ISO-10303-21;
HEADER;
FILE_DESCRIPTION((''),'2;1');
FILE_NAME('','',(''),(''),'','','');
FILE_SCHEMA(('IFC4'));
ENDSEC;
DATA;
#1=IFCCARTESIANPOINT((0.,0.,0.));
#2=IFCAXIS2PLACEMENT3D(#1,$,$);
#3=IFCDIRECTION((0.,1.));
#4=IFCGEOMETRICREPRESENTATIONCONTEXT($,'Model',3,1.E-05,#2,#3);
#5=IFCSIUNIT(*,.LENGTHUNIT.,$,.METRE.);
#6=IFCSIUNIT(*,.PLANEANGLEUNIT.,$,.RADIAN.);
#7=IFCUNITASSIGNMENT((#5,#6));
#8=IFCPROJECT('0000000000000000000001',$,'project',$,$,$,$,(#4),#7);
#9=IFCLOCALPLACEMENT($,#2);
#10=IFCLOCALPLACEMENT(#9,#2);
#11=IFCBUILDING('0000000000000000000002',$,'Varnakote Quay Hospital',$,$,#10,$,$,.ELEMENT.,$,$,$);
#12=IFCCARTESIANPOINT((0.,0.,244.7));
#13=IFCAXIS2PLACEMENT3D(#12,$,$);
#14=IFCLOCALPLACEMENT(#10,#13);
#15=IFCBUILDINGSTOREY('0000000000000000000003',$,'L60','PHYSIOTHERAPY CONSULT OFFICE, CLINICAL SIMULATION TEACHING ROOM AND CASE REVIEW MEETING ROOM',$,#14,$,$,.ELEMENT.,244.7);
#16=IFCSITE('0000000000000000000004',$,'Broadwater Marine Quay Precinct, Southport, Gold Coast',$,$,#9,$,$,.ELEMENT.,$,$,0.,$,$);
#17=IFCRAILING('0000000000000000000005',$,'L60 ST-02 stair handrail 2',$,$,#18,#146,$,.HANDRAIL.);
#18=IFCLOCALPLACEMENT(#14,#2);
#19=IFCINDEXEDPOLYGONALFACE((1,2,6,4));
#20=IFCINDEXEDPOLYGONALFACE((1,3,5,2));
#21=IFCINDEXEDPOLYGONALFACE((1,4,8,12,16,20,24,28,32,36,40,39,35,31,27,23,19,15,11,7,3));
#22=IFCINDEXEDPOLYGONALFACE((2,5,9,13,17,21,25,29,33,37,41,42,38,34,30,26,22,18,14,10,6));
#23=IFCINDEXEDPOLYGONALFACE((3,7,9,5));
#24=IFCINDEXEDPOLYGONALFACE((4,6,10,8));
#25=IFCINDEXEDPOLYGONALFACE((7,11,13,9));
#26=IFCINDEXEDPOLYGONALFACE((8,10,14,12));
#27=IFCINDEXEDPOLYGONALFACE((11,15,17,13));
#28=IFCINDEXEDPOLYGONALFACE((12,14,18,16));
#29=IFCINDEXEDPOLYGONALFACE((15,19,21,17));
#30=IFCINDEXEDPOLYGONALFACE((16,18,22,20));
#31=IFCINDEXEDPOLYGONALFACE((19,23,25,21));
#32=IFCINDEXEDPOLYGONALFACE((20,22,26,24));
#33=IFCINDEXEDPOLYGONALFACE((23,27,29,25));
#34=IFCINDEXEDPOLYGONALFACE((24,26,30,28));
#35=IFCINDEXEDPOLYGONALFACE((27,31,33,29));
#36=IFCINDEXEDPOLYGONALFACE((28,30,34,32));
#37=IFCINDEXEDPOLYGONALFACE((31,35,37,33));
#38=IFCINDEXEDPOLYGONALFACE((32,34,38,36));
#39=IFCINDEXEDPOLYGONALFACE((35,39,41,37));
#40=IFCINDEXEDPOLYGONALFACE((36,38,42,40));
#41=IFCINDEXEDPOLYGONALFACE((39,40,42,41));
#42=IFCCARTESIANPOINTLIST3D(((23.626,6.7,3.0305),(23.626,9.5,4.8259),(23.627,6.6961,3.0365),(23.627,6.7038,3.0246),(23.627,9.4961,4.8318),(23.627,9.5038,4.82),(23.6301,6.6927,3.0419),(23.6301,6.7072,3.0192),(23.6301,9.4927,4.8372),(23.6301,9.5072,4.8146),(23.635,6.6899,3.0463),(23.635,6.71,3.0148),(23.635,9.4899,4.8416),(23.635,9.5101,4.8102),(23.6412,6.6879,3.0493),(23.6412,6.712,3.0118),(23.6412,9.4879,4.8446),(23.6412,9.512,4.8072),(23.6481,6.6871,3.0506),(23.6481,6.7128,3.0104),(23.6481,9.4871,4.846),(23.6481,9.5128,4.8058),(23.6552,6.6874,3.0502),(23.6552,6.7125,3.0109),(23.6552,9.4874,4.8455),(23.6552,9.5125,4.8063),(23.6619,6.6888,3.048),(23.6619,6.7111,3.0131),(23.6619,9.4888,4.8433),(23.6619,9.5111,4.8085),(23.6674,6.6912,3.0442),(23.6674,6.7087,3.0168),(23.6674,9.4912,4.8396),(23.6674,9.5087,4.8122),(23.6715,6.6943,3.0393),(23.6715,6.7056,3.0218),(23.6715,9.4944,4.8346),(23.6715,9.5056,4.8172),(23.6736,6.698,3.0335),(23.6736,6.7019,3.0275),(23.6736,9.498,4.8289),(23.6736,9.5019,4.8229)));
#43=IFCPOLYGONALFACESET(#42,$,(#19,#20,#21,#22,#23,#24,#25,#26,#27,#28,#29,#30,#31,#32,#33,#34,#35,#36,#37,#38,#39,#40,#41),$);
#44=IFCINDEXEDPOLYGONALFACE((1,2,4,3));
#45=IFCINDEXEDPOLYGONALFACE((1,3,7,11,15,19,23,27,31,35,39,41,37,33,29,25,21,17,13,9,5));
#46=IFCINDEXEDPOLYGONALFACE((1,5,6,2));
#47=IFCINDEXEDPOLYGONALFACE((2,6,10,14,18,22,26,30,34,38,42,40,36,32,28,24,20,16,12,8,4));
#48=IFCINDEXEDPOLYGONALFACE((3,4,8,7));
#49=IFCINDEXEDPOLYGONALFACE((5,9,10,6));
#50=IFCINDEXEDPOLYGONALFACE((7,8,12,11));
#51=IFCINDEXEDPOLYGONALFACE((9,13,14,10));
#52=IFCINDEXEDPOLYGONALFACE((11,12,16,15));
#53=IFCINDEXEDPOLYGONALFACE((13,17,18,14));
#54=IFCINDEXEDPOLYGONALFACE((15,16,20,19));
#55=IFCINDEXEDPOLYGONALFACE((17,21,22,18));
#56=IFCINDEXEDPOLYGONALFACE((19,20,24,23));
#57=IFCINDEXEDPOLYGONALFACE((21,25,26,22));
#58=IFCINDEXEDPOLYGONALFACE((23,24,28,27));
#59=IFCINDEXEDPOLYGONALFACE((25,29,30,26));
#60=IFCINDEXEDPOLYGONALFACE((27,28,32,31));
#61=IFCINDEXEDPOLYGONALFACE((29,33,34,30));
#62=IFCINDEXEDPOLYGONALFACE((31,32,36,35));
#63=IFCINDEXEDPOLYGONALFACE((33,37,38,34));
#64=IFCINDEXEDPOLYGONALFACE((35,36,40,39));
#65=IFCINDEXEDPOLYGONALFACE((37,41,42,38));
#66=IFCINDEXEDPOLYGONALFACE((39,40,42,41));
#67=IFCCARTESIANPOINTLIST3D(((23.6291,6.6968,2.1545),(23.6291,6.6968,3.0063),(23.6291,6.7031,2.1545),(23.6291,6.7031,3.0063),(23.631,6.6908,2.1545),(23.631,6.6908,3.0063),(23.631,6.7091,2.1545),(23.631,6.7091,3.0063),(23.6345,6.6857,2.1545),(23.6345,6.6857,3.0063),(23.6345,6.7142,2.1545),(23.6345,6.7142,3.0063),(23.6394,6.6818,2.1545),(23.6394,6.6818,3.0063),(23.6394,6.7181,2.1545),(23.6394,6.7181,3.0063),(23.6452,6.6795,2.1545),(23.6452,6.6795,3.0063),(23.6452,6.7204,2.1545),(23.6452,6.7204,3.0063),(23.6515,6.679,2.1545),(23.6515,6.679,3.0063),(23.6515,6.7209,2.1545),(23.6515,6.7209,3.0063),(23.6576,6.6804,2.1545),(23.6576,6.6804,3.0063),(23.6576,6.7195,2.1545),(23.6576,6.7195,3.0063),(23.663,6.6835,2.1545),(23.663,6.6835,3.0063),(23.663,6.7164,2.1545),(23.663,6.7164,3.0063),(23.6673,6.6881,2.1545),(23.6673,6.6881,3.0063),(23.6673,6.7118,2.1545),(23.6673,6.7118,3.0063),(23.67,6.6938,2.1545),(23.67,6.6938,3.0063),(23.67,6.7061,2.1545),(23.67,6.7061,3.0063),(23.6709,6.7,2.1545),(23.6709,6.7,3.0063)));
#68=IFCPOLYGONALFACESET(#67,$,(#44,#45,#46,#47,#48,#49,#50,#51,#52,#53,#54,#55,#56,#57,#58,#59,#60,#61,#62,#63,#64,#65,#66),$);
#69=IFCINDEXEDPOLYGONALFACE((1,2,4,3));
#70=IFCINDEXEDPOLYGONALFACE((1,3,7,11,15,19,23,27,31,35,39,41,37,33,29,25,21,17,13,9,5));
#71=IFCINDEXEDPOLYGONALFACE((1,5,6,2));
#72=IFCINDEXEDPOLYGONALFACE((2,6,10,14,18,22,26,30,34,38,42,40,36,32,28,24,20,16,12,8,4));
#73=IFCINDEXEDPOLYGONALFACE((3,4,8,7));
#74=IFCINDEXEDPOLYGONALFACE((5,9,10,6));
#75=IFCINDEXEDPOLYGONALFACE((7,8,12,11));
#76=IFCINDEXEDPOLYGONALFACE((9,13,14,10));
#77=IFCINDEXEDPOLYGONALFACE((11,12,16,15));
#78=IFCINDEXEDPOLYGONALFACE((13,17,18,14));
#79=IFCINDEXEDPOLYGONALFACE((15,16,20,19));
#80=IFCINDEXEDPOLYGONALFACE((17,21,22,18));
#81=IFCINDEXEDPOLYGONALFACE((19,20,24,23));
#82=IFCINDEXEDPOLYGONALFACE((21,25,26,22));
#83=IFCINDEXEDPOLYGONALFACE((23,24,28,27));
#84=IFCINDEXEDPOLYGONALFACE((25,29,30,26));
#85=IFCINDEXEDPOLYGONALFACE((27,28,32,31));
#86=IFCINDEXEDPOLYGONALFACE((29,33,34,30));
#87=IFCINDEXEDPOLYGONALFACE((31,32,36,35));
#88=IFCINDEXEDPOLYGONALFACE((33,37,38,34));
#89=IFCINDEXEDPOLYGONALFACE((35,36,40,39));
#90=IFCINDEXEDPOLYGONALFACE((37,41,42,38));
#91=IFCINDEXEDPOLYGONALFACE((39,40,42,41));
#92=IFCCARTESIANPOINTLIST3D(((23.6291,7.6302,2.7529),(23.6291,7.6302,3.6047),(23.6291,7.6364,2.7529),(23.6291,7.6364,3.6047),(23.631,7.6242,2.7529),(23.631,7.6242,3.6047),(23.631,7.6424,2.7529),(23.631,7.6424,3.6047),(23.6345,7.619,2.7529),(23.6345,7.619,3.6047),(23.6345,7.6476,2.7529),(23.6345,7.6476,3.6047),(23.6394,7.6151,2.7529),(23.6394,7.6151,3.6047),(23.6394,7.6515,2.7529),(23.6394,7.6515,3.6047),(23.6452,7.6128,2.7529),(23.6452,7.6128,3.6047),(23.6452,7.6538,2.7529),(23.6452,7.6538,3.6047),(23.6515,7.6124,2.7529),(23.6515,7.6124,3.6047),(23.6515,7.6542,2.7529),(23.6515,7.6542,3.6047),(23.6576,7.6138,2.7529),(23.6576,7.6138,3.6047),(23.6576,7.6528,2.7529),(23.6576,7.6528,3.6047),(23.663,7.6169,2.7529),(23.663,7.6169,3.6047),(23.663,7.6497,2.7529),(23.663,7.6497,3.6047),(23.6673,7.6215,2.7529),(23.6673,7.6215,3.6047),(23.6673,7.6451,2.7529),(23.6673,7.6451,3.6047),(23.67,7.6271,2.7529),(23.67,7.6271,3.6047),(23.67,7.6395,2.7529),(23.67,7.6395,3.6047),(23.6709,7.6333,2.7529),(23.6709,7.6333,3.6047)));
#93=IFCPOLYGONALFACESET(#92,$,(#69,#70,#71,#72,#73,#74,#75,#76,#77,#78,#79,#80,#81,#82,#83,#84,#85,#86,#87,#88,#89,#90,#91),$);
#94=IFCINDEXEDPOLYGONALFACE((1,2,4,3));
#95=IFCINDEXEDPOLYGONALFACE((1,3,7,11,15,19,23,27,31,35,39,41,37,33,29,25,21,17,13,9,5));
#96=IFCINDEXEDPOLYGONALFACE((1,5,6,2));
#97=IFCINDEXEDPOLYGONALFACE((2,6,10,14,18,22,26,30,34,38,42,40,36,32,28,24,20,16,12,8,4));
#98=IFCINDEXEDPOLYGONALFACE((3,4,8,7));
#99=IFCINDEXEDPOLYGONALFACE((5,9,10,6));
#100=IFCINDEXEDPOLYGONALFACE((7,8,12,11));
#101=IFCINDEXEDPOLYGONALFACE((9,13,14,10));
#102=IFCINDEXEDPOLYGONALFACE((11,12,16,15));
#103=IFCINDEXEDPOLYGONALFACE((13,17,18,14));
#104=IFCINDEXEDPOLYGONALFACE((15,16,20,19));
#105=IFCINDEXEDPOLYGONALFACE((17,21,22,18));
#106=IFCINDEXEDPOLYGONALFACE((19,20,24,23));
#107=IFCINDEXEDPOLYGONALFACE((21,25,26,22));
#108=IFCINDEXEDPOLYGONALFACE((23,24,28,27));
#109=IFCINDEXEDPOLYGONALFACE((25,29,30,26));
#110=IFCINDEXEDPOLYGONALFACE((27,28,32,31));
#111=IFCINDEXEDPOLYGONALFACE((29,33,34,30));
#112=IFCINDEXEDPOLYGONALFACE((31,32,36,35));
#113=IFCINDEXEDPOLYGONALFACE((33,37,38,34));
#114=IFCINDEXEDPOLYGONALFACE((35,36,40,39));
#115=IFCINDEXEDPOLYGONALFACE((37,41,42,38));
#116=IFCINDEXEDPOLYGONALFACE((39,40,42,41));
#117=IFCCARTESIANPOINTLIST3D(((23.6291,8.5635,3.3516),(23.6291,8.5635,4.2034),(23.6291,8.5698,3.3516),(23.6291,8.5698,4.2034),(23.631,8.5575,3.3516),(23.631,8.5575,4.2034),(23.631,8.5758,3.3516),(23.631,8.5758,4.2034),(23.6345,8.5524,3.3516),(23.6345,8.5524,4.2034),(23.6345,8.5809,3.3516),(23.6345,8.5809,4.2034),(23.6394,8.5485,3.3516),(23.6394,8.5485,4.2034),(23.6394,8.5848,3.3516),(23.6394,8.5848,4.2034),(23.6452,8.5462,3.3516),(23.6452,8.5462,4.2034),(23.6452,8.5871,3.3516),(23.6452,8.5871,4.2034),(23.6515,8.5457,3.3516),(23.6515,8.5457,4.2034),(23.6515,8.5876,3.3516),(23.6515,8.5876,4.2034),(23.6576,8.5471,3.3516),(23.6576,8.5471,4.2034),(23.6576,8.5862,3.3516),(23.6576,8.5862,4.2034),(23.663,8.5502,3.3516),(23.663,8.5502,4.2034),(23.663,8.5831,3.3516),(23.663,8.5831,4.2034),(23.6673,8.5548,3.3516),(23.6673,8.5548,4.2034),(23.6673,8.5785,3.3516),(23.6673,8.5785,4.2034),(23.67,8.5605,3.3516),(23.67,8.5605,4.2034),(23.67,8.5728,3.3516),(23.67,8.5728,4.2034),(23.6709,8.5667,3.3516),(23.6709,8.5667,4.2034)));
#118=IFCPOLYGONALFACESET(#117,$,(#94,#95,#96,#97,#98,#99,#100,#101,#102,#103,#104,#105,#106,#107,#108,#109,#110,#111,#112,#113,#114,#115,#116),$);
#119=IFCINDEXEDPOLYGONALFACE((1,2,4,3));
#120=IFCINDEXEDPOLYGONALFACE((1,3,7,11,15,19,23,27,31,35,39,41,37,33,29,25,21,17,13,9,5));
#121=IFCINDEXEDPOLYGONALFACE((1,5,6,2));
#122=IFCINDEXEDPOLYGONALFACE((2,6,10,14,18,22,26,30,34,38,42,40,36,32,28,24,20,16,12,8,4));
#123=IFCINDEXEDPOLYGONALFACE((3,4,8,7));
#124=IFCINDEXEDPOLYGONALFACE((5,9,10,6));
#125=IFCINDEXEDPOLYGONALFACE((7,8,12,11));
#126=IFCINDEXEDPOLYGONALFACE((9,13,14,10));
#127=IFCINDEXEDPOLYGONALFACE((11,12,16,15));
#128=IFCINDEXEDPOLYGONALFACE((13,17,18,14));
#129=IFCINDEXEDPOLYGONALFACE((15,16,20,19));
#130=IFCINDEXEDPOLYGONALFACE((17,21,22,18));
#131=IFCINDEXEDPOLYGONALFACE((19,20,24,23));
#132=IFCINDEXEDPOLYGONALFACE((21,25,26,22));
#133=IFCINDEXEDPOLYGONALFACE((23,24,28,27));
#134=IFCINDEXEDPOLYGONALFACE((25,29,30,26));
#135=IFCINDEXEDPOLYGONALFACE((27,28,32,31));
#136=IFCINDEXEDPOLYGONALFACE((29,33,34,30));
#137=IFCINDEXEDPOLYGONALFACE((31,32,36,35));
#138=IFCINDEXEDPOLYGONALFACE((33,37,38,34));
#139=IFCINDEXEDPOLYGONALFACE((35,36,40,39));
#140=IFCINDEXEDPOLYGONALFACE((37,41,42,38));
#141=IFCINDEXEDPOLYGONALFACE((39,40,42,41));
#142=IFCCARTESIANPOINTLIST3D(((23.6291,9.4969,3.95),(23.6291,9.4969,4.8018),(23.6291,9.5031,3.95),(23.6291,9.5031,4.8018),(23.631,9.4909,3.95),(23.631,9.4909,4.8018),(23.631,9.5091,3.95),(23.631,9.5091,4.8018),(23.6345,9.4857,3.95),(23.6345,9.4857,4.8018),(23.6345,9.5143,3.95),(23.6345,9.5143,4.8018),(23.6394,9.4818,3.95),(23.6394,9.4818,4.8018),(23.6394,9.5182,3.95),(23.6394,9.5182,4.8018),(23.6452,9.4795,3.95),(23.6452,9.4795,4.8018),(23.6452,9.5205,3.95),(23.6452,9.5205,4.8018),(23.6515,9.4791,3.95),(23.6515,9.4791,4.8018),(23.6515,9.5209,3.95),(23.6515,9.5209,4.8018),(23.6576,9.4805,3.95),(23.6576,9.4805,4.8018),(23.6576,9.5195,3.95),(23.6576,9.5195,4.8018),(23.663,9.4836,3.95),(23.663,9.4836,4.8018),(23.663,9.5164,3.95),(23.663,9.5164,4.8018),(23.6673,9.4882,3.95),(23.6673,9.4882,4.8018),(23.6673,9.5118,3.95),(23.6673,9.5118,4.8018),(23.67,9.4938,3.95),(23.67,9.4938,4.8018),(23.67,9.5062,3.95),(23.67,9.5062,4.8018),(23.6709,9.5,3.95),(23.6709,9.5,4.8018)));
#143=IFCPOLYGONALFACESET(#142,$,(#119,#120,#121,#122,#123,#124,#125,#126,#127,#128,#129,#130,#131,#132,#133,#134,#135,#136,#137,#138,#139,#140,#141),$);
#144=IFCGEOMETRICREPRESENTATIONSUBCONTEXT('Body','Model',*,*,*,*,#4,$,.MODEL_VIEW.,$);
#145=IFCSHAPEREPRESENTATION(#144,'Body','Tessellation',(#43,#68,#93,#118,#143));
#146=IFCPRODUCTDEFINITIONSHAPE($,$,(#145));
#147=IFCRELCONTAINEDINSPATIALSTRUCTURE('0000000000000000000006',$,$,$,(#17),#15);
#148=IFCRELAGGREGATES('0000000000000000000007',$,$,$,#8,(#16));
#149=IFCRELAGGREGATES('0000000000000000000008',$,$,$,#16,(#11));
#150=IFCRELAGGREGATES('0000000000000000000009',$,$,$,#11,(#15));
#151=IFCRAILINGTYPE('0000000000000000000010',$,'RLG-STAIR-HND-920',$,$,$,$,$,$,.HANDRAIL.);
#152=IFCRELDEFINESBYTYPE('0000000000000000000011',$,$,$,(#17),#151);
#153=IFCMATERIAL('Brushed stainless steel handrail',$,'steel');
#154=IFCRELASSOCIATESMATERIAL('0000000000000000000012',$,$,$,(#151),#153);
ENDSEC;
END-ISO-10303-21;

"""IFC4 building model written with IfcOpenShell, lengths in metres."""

from ifc_helpers import new_model, si_unit, direction, frame, origin, origin_2d, place, context, subcontext, project, spatial, circle, extrude, material, type_object, element, save


model = new_model("IFC4")

# Units and contexts
model_context = context("Model", 3, precision=1e-05, world=origin(), true_north=direction((0.0, 1.0)))
body_context = subcontext(model_context, "Body", "Model", "MODEL_VIEW")
ifc_project = project(units=[si_unit("LENGTHUNIT", "METRE"), si_unit("PLANEANGLEUNIT", "RADIAN")], contexts=[model_context])

# Site, building, storey
site_placement = place(None, origin())
site = spatial("IfcSite", under=ifc_project, at=site_placement, Name="Broadwater Marine Quay Precinct, Southport, Gold Coast", CompositionType="ELEMENT", RefElevation=0.0)
building_placement = place(site_placement, origin())
building = spatial("IfcBuilding", under=site, at=building_placement, Name="Varnakote Quay Hospital", CompositionType="ELEMENT")
storey_placement = place(building_placement, frame((0.0, 0.0, 244.7)))
storey = spatial("IfcBuildingStorey", under=building, at=storey_placement, Name="L60", Description="PHYSIOTHERAPY CONSULT OFFICE, CLINICAL SIMULATION TEACHING ROOM AND CASE REVIEW MEETING ROOM", CompositionType="ELEMENT", Elevation=244.7)

# Railing
ifc_material_1 = material(Name="Brushed stainless steel handrail", Category="steel")
railing_type = type_object("IfcRailingType", Name="RLG-STAIR-HND-920", PredefinedType="HANDRAIL", material=ifc_material_1)
railing_placement = place(storey_placement, frame((23.6499, 6.7, 2.1545)))
element("IfcRailing", 1, at=railing_placement, inside=storey, type_object=railing_type, Name="L60 ST-02 stair handrail 2", PredefinedType="HANDRAIL", context=body_context, shape_type="SweptSolid", body=[
    extrude(circle(Radius=0.0239, at=origin_2d()), frame((0.0, 0.0, 0.876), z_axis=(0.0, 0.84181, 0.539774), x_axis=(-1.0, 0.0, 0.0)), (0.0, 0.0, 1.0), 3.3262),
    extrude(circle(Radius=0.021, at=origin_2d()), origin(), (0.0, 0.0, 1.0), 0.8518),
    extrude(circle(Radius=0.021, at=origin_2d()), frame((0.0, 0.9333, 0.5984)), (0.0, 0.0, 1.0), 0.8518),
    extrude(circle(Radius=0.021, at=origin_2d()), frame((0.0, 1.8667, 1.197)), (0.0, 0.0, 1.0), 0.8518),
    extrude(circle(Radius=0.021, at=origin_2d()), frame((0.0, 2.8, 1.7954)), (0.0, 0.0, 1.0), 0.8518),
])

save(model, "model.ifc")
